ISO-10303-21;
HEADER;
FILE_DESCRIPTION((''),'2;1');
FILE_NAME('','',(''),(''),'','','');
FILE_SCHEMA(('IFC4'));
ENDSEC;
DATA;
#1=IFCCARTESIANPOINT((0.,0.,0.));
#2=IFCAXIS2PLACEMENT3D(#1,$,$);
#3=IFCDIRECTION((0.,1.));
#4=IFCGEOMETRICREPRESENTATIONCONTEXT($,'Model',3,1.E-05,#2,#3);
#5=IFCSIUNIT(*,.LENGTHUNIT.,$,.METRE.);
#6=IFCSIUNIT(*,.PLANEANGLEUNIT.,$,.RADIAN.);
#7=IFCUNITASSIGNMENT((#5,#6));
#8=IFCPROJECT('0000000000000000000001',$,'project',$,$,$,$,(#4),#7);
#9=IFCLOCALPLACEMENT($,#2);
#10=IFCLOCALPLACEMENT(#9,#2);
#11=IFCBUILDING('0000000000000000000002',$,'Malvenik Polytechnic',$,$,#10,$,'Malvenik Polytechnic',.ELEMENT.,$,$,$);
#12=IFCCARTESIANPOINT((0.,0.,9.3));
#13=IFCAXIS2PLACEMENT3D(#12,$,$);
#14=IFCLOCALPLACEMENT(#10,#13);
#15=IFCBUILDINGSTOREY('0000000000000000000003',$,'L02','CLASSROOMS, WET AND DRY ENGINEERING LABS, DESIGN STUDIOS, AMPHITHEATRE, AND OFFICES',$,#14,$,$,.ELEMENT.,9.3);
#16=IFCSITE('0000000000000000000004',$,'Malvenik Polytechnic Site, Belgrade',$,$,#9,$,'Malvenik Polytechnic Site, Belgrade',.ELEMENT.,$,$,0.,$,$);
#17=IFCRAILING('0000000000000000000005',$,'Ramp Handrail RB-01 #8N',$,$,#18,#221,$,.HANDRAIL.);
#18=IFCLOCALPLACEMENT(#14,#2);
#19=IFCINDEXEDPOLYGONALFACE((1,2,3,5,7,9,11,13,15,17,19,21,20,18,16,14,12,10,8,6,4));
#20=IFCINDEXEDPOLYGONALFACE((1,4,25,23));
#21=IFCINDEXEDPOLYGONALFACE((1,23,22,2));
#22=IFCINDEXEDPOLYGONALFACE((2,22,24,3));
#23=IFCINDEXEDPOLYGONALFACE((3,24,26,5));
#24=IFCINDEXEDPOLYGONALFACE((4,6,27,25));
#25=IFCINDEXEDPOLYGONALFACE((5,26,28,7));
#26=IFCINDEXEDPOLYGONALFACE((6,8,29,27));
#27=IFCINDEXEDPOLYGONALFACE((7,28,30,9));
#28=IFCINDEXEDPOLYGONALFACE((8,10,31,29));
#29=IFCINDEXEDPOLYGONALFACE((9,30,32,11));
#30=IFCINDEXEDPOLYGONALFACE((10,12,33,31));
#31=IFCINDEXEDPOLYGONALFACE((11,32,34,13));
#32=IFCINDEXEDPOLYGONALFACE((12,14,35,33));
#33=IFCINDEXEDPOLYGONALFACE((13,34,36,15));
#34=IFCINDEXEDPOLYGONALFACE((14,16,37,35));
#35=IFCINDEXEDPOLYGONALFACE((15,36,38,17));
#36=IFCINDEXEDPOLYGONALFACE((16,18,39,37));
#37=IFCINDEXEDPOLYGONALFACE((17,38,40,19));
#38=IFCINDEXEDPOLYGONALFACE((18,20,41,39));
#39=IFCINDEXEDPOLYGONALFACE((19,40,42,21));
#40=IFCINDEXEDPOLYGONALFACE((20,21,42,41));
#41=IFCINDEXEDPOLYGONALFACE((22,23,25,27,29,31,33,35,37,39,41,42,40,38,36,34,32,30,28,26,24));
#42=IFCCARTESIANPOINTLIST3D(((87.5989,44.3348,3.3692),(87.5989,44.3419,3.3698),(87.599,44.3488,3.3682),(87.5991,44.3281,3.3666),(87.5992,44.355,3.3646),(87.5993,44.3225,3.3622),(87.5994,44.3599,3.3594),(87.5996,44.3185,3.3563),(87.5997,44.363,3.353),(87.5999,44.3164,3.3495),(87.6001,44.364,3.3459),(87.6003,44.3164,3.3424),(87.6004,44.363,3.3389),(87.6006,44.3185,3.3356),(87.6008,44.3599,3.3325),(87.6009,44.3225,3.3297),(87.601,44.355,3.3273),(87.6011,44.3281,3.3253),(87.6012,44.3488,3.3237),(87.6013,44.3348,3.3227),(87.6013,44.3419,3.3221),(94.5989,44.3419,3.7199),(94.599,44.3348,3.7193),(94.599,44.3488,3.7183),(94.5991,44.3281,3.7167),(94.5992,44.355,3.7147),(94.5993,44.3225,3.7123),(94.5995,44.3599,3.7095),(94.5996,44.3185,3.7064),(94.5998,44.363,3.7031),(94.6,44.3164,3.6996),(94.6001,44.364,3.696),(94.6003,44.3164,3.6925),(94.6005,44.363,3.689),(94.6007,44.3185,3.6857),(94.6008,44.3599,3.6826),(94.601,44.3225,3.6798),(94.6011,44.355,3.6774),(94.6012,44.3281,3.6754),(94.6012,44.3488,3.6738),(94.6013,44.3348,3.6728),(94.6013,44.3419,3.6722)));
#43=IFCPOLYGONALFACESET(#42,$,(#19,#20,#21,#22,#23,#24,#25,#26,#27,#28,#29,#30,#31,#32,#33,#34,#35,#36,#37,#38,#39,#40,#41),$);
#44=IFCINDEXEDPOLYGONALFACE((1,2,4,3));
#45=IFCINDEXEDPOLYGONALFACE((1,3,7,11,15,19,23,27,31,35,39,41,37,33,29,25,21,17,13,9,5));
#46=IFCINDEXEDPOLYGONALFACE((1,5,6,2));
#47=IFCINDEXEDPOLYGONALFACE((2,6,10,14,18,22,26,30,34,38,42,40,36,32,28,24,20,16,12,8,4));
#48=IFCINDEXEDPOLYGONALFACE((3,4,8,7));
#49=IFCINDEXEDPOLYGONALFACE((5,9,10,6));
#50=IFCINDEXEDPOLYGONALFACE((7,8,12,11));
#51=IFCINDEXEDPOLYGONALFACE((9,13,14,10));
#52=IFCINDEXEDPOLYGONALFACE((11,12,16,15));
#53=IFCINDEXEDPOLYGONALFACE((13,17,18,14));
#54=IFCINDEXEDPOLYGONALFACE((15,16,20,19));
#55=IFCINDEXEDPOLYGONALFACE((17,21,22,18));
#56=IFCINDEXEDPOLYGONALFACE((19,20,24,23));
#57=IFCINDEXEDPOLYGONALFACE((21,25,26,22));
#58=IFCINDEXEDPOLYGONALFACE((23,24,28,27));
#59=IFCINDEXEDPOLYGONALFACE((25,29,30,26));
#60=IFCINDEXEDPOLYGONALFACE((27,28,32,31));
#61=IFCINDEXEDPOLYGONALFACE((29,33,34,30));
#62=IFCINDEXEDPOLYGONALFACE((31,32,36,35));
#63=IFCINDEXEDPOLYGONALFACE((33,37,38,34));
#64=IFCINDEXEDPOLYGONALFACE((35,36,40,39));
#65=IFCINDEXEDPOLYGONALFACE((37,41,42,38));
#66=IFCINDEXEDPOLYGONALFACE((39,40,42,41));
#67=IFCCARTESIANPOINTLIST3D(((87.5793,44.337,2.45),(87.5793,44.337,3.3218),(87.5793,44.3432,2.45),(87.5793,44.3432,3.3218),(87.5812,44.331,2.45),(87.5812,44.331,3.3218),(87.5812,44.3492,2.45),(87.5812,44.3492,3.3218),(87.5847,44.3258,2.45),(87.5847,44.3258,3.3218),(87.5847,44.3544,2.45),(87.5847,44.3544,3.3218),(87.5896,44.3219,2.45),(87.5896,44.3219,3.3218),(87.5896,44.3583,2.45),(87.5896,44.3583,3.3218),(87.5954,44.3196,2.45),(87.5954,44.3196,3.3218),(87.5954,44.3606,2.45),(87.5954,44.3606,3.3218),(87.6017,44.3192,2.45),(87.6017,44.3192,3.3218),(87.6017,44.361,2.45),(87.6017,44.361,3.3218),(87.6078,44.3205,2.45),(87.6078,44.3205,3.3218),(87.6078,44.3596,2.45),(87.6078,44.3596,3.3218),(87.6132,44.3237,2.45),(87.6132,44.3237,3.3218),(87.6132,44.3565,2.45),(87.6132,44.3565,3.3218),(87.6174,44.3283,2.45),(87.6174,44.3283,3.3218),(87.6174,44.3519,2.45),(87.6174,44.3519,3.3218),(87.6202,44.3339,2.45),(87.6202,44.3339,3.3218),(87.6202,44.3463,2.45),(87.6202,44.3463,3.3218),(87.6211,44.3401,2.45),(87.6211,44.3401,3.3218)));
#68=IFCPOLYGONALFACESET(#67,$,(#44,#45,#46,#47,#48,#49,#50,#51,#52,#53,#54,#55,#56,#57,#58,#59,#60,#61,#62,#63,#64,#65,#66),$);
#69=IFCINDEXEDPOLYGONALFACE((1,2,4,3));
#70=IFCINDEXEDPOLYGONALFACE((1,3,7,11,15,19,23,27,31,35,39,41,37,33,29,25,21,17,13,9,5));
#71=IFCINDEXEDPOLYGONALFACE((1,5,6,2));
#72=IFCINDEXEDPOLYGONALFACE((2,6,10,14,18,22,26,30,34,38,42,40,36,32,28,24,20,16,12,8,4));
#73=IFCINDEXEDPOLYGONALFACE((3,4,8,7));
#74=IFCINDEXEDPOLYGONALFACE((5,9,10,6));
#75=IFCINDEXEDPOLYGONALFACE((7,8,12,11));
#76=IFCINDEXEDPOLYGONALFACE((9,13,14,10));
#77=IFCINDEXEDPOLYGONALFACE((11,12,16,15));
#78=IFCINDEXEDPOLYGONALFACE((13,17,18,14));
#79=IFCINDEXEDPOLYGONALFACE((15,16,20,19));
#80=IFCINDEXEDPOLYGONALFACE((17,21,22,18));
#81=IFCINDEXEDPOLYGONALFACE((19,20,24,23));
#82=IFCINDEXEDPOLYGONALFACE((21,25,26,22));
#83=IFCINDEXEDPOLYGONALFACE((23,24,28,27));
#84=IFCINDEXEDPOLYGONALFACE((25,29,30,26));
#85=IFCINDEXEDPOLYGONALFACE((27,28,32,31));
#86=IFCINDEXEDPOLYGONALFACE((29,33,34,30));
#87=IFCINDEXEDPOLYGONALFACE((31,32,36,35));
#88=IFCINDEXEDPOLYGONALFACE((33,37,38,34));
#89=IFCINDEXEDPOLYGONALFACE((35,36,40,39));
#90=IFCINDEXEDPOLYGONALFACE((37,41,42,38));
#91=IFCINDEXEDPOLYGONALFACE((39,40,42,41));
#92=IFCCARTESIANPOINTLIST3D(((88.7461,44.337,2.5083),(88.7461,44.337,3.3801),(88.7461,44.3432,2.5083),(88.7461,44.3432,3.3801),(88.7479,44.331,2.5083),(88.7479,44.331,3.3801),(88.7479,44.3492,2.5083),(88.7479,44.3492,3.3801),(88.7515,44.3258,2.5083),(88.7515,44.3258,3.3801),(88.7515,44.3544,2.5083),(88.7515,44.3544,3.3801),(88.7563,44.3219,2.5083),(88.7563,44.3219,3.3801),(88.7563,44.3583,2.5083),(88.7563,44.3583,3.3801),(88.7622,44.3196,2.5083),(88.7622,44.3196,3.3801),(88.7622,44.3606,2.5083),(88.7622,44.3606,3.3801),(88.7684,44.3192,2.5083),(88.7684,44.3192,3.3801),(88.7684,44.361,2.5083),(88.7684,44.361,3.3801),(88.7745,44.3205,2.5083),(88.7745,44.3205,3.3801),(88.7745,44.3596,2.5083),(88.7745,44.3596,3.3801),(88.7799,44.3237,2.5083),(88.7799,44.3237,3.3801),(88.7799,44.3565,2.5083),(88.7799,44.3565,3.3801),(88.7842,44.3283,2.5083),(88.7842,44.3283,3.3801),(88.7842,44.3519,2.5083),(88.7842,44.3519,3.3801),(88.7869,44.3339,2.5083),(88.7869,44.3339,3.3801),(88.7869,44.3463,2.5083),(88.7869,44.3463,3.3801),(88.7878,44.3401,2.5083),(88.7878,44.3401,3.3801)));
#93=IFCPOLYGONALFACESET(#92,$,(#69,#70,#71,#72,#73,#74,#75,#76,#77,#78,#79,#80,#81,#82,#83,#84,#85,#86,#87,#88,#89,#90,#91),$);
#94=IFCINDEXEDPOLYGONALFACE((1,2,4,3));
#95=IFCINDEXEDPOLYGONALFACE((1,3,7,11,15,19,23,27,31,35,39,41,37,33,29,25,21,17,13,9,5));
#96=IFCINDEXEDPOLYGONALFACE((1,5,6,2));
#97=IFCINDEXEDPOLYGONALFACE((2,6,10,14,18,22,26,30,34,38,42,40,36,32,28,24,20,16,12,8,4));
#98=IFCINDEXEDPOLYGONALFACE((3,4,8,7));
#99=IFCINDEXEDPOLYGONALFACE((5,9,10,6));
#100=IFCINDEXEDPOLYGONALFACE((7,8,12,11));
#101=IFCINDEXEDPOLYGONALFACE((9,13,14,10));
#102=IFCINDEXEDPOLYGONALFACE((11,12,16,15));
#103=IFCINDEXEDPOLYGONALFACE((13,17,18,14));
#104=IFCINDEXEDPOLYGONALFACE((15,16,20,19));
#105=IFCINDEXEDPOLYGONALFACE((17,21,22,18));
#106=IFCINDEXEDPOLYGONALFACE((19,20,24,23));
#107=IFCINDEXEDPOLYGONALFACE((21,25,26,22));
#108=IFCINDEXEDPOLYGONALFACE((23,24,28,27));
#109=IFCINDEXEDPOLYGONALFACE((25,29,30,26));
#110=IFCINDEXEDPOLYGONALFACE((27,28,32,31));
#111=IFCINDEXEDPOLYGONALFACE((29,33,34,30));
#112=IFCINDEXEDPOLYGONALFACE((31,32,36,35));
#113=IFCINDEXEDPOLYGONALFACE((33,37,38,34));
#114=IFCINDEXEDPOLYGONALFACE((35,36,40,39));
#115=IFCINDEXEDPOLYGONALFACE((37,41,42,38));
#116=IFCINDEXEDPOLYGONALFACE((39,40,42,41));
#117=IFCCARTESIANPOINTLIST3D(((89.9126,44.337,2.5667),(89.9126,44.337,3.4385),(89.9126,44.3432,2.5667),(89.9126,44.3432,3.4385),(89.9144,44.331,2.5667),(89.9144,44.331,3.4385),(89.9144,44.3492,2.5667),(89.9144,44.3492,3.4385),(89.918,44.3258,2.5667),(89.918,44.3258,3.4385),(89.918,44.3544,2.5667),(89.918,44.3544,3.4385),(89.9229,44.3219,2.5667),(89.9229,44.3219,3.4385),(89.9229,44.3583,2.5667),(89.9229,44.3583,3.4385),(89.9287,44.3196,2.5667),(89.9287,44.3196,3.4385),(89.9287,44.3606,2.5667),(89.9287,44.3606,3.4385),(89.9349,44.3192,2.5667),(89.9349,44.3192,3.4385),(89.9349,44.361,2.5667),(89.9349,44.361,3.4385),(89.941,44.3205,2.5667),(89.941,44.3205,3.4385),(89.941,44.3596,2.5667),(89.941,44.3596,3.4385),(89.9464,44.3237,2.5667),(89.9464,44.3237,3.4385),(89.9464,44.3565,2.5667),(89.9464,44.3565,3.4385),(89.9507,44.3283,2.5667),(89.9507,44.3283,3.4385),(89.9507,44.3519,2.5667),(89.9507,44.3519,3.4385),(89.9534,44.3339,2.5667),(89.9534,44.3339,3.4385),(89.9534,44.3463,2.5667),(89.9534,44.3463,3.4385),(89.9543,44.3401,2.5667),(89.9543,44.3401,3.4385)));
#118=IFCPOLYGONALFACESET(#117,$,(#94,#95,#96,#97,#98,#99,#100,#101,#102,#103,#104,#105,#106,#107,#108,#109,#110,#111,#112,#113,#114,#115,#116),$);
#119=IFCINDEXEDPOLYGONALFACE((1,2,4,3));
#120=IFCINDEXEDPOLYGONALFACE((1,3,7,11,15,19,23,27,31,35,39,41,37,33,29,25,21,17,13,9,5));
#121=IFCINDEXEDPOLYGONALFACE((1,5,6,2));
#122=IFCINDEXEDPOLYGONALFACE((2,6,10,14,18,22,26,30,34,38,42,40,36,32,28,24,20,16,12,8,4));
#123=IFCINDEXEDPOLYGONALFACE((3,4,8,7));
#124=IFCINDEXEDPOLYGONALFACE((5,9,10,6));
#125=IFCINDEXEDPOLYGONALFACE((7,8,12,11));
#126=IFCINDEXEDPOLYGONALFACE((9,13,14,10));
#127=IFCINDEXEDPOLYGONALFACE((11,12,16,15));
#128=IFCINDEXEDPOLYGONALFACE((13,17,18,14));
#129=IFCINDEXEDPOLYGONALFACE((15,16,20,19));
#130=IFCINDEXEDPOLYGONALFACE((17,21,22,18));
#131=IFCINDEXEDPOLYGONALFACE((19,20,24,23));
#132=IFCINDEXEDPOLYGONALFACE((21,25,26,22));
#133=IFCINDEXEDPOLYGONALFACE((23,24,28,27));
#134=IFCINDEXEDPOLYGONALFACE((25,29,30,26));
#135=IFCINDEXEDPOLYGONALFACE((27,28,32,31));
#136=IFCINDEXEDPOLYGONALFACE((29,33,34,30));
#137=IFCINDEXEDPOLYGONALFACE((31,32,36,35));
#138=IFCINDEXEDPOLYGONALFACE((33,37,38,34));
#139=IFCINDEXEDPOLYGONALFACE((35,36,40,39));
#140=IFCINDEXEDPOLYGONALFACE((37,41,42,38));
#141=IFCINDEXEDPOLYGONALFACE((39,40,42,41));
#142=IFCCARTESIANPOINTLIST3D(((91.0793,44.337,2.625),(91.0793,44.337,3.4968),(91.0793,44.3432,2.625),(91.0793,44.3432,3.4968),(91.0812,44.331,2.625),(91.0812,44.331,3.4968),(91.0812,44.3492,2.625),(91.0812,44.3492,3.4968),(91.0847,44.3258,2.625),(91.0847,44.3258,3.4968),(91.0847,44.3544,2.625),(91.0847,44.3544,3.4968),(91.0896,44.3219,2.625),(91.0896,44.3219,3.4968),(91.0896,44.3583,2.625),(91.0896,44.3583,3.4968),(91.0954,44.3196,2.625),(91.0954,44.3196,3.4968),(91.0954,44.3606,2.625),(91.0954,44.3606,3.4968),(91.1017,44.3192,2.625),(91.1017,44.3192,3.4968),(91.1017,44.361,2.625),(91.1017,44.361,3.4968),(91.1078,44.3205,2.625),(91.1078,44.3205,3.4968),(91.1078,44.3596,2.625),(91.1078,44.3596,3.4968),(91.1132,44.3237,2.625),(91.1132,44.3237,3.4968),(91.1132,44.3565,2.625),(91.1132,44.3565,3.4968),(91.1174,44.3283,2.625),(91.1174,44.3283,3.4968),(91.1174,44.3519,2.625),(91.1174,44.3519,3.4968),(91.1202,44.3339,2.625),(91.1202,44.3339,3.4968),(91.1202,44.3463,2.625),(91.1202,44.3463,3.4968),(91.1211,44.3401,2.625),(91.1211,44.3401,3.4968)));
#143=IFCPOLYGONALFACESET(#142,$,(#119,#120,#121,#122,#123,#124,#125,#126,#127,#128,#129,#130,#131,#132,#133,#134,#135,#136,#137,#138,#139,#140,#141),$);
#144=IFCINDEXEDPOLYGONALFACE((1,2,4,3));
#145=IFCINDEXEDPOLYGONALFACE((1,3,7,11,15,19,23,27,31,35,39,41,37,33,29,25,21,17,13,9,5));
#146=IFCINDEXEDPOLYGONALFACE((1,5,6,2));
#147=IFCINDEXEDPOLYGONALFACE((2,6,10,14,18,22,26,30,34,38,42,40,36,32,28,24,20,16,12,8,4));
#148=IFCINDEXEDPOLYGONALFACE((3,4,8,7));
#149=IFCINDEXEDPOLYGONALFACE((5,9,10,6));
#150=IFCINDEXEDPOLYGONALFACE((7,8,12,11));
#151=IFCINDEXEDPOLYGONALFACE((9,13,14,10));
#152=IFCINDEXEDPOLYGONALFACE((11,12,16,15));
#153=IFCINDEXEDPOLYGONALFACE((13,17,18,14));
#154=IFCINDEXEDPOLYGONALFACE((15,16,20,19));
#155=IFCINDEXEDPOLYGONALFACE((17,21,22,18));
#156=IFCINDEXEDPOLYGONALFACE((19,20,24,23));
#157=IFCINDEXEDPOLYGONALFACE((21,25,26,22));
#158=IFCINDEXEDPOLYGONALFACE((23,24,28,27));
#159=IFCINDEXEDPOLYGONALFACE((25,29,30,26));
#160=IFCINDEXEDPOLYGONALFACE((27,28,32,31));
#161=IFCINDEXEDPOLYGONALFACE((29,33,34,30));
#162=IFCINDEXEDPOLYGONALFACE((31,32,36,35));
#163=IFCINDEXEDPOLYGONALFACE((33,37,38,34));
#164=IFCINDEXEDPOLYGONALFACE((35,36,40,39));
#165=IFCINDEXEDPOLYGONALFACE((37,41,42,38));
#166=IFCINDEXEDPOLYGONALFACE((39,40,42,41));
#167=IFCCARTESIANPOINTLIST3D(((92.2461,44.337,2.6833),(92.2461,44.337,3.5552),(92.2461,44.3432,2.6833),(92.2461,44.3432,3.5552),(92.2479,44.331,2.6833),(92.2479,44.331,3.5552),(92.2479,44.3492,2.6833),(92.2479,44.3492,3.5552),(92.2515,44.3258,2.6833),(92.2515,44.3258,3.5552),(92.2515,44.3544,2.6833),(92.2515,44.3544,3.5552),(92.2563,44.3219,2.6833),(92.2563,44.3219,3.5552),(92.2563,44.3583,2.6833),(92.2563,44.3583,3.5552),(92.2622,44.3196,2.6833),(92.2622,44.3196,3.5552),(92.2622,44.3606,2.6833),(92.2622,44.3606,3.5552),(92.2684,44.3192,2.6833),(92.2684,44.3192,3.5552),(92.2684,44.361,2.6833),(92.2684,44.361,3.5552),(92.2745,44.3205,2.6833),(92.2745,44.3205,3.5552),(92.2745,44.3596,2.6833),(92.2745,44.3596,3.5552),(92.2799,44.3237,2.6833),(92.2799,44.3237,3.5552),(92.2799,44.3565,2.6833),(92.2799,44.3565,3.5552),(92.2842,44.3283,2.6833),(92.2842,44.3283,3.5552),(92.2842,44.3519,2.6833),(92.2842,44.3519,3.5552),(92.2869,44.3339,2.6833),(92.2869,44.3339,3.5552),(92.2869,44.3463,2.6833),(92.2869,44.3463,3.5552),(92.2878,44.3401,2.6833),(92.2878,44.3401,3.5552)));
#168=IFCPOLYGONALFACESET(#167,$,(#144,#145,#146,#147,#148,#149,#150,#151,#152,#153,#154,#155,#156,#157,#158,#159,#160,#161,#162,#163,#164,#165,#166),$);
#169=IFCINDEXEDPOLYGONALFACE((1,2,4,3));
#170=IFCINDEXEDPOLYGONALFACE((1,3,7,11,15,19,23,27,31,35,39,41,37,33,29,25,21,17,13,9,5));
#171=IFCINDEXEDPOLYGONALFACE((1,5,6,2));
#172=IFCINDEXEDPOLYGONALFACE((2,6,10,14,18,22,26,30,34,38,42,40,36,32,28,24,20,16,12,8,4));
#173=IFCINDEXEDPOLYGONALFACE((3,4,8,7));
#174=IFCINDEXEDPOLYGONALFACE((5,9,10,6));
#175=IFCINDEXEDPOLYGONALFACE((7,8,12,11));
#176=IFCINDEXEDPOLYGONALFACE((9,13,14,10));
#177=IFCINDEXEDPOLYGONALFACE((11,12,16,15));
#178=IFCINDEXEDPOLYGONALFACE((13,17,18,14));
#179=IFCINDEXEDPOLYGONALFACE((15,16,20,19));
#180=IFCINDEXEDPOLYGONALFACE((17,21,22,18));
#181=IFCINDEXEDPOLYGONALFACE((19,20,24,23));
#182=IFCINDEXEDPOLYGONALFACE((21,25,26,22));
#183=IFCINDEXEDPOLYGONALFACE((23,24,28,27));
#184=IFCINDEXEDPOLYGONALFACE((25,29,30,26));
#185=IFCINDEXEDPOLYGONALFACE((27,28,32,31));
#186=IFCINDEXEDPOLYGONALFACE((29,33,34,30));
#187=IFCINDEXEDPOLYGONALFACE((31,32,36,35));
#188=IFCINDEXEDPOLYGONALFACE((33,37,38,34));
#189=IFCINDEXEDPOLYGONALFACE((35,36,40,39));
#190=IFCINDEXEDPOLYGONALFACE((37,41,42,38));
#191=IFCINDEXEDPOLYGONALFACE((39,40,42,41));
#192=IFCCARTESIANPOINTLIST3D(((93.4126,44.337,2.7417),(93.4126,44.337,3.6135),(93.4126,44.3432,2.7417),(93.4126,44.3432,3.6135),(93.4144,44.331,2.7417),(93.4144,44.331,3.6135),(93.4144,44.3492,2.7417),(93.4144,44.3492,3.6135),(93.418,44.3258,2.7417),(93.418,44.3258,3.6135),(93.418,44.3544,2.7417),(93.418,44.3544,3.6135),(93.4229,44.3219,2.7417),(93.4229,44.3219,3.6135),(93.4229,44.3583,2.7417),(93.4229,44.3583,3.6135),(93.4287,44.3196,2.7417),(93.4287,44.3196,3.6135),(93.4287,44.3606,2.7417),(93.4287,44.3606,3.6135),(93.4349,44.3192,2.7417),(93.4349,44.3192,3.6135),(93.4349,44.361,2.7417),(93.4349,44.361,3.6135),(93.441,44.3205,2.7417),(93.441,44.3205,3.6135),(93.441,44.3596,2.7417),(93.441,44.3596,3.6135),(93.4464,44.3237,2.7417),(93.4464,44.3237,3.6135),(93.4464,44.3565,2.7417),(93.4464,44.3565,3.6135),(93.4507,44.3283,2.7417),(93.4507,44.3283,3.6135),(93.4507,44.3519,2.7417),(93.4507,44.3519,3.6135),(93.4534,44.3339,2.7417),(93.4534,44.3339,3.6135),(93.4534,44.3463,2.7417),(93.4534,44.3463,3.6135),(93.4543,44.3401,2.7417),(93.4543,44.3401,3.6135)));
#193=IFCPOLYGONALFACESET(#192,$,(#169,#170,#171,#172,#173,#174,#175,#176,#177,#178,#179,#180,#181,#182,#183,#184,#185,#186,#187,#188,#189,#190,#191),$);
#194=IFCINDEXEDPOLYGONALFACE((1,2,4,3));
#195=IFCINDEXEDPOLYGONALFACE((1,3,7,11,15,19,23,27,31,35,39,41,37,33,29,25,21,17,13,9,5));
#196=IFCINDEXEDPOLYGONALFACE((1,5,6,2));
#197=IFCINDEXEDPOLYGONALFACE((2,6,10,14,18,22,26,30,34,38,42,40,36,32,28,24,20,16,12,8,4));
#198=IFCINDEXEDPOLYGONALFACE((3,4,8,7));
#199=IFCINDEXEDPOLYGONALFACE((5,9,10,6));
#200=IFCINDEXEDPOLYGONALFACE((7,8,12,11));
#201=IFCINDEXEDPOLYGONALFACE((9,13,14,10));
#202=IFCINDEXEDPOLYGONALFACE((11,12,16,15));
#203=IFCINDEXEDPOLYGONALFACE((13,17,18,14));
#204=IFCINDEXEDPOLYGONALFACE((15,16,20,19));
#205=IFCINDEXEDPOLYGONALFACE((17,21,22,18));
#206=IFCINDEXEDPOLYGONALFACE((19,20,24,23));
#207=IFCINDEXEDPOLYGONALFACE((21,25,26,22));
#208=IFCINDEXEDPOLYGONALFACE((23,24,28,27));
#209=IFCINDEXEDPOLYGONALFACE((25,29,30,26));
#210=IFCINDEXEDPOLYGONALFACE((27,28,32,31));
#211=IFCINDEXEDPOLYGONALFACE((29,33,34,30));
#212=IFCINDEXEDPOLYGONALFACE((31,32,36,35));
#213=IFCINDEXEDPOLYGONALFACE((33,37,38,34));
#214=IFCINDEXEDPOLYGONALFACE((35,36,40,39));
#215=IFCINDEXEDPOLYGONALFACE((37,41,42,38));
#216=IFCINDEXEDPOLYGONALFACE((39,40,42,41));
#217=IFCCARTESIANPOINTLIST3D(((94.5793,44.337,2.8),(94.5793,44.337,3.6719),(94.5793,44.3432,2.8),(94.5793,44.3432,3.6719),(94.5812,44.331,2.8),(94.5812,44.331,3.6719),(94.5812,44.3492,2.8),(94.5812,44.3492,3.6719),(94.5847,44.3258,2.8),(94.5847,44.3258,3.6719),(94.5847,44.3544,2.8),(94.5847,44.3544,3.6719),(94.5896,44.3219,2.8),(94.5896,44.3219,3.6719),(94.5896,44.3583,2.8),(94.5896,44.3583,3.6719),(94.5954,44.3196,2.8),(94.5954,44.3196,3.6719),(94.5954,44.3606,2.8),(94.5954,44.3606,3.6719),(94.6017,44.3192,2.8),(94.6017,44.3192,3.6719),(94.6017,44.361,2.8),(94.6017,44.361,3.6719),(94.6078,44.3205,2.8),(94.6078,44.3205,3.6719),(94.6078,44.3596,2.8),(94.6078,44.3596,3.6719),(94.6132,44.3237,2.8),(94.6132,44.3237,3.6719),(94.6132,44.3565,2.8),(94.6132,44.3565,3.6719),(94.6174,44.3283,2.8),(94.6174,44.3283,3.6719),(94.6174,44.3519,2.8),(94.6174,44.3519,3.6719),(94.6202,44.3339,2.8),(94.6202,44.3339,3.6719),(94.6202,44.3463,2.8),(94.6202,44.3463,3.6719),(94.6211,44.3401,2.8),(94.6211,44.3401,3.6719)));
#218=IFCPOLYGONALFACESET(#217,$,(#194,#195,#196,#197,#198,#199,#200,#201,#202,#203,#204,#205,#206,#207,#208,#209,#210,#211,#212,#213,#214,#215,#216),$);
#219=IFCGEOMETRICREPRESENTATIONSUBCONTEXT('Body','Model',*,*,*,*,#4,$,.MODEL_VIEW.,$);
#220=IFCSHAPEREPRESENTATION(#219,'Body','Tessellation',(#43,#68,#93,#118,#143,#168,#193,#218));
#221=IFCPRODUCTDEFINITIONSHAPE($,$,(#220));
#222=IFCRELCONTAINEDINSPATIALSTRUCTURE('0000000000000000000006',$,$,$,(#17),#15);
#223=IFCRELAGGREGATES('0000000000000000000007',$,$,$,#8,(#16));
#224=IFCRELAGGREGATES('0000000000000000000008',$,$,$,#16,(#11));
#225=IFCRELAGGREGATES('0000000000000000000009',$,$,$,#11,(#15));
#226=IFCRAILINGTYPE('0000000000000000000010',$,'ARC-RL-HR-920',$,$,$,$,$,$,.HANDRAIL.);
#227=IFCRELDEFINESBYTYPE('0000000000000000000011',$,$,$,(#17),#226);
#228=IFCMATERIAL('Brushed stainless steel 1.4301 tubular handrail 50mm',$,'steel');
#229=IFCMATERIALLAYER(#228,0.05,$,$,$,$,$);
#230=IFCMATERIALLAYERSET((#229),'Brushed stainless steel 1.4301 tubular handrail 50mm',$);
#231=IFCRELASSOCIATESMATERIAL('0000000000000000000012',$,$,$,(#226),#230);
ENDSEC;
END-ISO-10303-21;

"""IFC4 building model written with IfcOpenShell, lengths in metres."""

from ifc_helpers import new_model, si_unit, direction, frame, origin, origin_2d, place, context, subcontext, project, spatial, circle, extrude, material, layer, layer_set, type_object, element, save


model = new_model("IFC4")

# Units and contexts
model_context = context("Model", 3, precision=1e-05, world=origin(), true_north=direction((0.0, 1.0)))
body_context = subcontext(model_context, "Body", "Model", "MODEL_VIEW")
ifc_project = project(units=[si_unit("LENGTHUNIT", "METRE"), si_unit("PLANEANGLEUNIT", "RADIAN")], contexts=[model_context])

# Site, building, storey
site_placement = place(None, origin())
site = spatial("IfcSite", under=ifc_project, at=site_placement, Name="Malvenik Polytechnic Site, Belgrade", LongName="Malvenik Polytechnic Site, Belgrade", CompositionType="ELEMENT", RefElevation=0.0)
building_placement = place(site_placement, origin())
building = spatial("IfcBuilding", under=site, at=building_placement, Name="Malvenik Polytechnic", LongName="Malvenik Polytechnic", CompositionType="ELEMENT")
storey_placement = place(building_placement, frame((0.0, 0.0, 9.3)))
storey = spatial("IfcBuildingStorey", under=building, at=storey_placement, Name="L02", Description="CLASSROOMS, WET AND DRY ENGINEERING LABS, DESIGN STUDIOS, AMPHITHEATRE, AND OFFICES", CompositionType="ELEMENT", Elevation=9.3)

# Railing
ifc_material_1 = material(Name="Brushed stainless steel 1.4301 tubular handrail 50mm", Category="steel")
ifc_layer_1 = layer(ifc_material_1, 0.05)
ifc_layer_set_1 = layer_set([ifc_layer_1], Name="Brushed stainless steel 1.4301 tubular handrail 50mm")
railing_type_1 = type_object("IfcRailingType", Name="ARC-RL-HR-920", PredefinedType="HANDRAIL", material=ifc_layer_set_1)
railing_1_placement = place(storey_placement, frame((87.6001, 44.3401, 2.45)))
element("IfcRailing", 1, at=railing_1_placement, inside=storey, type_object=railing_type_1, Name="Ramp Handrail RB-01 #8N", PredefinedType="HANDRAIL", context=body_context, shape_type="SweptSolid", body=[
    extrude(circle(Radius=0.0239, at=origin_2d()), frame((0.0, 0.0, 0.896), z_axis=(0.998752, 0.0, 0.049952), x_axis=(0.0, 1.0, 0.0)), (0.0, 0.0, 1.0), 7.0088),
    extrude(circle(Radius=0.021, at=origin_2d()), origin(), (0.0, 0.0, 1.0), 0.8718),
    extrude(circle(Radius=0.021, at=origin_2d()), frame((1.1667, 0.0, 0.0583)), (0.0, 0.0, 1.0), 0.8718),
    extrude(circle(Radius=0.021, at=origin_2d()), frame((2.3333, 0.0, 0.1167)), (0.0, 0.0, 1.0), 0.8718),
    extrude(circle(Radius=0.021, at=origin_2d()), frame((3.5, 0.0, 0.175)), (0.0, 0.0, 1.0), 0.8718),
    extrude(circle(Radius=0.021, at=origin_2d()), frame((4.6667, 0.0, 0.2334)), (0.0, 0.0, 1.0), 0.8718),
    extrude(circle(Radius=0.021, at=origin_2d()), frame((5.8333, 0.0, 0.2917)), (0.0, 0.0, 1.0), 0.8718),
    extrude(circle(Radius=0.021, at=origin_2d()), frame((7.0, 0.0, 0.3501)), (0.0, 0.0, 1.0), 0.8718),
])

save(model, "model.ifc")
